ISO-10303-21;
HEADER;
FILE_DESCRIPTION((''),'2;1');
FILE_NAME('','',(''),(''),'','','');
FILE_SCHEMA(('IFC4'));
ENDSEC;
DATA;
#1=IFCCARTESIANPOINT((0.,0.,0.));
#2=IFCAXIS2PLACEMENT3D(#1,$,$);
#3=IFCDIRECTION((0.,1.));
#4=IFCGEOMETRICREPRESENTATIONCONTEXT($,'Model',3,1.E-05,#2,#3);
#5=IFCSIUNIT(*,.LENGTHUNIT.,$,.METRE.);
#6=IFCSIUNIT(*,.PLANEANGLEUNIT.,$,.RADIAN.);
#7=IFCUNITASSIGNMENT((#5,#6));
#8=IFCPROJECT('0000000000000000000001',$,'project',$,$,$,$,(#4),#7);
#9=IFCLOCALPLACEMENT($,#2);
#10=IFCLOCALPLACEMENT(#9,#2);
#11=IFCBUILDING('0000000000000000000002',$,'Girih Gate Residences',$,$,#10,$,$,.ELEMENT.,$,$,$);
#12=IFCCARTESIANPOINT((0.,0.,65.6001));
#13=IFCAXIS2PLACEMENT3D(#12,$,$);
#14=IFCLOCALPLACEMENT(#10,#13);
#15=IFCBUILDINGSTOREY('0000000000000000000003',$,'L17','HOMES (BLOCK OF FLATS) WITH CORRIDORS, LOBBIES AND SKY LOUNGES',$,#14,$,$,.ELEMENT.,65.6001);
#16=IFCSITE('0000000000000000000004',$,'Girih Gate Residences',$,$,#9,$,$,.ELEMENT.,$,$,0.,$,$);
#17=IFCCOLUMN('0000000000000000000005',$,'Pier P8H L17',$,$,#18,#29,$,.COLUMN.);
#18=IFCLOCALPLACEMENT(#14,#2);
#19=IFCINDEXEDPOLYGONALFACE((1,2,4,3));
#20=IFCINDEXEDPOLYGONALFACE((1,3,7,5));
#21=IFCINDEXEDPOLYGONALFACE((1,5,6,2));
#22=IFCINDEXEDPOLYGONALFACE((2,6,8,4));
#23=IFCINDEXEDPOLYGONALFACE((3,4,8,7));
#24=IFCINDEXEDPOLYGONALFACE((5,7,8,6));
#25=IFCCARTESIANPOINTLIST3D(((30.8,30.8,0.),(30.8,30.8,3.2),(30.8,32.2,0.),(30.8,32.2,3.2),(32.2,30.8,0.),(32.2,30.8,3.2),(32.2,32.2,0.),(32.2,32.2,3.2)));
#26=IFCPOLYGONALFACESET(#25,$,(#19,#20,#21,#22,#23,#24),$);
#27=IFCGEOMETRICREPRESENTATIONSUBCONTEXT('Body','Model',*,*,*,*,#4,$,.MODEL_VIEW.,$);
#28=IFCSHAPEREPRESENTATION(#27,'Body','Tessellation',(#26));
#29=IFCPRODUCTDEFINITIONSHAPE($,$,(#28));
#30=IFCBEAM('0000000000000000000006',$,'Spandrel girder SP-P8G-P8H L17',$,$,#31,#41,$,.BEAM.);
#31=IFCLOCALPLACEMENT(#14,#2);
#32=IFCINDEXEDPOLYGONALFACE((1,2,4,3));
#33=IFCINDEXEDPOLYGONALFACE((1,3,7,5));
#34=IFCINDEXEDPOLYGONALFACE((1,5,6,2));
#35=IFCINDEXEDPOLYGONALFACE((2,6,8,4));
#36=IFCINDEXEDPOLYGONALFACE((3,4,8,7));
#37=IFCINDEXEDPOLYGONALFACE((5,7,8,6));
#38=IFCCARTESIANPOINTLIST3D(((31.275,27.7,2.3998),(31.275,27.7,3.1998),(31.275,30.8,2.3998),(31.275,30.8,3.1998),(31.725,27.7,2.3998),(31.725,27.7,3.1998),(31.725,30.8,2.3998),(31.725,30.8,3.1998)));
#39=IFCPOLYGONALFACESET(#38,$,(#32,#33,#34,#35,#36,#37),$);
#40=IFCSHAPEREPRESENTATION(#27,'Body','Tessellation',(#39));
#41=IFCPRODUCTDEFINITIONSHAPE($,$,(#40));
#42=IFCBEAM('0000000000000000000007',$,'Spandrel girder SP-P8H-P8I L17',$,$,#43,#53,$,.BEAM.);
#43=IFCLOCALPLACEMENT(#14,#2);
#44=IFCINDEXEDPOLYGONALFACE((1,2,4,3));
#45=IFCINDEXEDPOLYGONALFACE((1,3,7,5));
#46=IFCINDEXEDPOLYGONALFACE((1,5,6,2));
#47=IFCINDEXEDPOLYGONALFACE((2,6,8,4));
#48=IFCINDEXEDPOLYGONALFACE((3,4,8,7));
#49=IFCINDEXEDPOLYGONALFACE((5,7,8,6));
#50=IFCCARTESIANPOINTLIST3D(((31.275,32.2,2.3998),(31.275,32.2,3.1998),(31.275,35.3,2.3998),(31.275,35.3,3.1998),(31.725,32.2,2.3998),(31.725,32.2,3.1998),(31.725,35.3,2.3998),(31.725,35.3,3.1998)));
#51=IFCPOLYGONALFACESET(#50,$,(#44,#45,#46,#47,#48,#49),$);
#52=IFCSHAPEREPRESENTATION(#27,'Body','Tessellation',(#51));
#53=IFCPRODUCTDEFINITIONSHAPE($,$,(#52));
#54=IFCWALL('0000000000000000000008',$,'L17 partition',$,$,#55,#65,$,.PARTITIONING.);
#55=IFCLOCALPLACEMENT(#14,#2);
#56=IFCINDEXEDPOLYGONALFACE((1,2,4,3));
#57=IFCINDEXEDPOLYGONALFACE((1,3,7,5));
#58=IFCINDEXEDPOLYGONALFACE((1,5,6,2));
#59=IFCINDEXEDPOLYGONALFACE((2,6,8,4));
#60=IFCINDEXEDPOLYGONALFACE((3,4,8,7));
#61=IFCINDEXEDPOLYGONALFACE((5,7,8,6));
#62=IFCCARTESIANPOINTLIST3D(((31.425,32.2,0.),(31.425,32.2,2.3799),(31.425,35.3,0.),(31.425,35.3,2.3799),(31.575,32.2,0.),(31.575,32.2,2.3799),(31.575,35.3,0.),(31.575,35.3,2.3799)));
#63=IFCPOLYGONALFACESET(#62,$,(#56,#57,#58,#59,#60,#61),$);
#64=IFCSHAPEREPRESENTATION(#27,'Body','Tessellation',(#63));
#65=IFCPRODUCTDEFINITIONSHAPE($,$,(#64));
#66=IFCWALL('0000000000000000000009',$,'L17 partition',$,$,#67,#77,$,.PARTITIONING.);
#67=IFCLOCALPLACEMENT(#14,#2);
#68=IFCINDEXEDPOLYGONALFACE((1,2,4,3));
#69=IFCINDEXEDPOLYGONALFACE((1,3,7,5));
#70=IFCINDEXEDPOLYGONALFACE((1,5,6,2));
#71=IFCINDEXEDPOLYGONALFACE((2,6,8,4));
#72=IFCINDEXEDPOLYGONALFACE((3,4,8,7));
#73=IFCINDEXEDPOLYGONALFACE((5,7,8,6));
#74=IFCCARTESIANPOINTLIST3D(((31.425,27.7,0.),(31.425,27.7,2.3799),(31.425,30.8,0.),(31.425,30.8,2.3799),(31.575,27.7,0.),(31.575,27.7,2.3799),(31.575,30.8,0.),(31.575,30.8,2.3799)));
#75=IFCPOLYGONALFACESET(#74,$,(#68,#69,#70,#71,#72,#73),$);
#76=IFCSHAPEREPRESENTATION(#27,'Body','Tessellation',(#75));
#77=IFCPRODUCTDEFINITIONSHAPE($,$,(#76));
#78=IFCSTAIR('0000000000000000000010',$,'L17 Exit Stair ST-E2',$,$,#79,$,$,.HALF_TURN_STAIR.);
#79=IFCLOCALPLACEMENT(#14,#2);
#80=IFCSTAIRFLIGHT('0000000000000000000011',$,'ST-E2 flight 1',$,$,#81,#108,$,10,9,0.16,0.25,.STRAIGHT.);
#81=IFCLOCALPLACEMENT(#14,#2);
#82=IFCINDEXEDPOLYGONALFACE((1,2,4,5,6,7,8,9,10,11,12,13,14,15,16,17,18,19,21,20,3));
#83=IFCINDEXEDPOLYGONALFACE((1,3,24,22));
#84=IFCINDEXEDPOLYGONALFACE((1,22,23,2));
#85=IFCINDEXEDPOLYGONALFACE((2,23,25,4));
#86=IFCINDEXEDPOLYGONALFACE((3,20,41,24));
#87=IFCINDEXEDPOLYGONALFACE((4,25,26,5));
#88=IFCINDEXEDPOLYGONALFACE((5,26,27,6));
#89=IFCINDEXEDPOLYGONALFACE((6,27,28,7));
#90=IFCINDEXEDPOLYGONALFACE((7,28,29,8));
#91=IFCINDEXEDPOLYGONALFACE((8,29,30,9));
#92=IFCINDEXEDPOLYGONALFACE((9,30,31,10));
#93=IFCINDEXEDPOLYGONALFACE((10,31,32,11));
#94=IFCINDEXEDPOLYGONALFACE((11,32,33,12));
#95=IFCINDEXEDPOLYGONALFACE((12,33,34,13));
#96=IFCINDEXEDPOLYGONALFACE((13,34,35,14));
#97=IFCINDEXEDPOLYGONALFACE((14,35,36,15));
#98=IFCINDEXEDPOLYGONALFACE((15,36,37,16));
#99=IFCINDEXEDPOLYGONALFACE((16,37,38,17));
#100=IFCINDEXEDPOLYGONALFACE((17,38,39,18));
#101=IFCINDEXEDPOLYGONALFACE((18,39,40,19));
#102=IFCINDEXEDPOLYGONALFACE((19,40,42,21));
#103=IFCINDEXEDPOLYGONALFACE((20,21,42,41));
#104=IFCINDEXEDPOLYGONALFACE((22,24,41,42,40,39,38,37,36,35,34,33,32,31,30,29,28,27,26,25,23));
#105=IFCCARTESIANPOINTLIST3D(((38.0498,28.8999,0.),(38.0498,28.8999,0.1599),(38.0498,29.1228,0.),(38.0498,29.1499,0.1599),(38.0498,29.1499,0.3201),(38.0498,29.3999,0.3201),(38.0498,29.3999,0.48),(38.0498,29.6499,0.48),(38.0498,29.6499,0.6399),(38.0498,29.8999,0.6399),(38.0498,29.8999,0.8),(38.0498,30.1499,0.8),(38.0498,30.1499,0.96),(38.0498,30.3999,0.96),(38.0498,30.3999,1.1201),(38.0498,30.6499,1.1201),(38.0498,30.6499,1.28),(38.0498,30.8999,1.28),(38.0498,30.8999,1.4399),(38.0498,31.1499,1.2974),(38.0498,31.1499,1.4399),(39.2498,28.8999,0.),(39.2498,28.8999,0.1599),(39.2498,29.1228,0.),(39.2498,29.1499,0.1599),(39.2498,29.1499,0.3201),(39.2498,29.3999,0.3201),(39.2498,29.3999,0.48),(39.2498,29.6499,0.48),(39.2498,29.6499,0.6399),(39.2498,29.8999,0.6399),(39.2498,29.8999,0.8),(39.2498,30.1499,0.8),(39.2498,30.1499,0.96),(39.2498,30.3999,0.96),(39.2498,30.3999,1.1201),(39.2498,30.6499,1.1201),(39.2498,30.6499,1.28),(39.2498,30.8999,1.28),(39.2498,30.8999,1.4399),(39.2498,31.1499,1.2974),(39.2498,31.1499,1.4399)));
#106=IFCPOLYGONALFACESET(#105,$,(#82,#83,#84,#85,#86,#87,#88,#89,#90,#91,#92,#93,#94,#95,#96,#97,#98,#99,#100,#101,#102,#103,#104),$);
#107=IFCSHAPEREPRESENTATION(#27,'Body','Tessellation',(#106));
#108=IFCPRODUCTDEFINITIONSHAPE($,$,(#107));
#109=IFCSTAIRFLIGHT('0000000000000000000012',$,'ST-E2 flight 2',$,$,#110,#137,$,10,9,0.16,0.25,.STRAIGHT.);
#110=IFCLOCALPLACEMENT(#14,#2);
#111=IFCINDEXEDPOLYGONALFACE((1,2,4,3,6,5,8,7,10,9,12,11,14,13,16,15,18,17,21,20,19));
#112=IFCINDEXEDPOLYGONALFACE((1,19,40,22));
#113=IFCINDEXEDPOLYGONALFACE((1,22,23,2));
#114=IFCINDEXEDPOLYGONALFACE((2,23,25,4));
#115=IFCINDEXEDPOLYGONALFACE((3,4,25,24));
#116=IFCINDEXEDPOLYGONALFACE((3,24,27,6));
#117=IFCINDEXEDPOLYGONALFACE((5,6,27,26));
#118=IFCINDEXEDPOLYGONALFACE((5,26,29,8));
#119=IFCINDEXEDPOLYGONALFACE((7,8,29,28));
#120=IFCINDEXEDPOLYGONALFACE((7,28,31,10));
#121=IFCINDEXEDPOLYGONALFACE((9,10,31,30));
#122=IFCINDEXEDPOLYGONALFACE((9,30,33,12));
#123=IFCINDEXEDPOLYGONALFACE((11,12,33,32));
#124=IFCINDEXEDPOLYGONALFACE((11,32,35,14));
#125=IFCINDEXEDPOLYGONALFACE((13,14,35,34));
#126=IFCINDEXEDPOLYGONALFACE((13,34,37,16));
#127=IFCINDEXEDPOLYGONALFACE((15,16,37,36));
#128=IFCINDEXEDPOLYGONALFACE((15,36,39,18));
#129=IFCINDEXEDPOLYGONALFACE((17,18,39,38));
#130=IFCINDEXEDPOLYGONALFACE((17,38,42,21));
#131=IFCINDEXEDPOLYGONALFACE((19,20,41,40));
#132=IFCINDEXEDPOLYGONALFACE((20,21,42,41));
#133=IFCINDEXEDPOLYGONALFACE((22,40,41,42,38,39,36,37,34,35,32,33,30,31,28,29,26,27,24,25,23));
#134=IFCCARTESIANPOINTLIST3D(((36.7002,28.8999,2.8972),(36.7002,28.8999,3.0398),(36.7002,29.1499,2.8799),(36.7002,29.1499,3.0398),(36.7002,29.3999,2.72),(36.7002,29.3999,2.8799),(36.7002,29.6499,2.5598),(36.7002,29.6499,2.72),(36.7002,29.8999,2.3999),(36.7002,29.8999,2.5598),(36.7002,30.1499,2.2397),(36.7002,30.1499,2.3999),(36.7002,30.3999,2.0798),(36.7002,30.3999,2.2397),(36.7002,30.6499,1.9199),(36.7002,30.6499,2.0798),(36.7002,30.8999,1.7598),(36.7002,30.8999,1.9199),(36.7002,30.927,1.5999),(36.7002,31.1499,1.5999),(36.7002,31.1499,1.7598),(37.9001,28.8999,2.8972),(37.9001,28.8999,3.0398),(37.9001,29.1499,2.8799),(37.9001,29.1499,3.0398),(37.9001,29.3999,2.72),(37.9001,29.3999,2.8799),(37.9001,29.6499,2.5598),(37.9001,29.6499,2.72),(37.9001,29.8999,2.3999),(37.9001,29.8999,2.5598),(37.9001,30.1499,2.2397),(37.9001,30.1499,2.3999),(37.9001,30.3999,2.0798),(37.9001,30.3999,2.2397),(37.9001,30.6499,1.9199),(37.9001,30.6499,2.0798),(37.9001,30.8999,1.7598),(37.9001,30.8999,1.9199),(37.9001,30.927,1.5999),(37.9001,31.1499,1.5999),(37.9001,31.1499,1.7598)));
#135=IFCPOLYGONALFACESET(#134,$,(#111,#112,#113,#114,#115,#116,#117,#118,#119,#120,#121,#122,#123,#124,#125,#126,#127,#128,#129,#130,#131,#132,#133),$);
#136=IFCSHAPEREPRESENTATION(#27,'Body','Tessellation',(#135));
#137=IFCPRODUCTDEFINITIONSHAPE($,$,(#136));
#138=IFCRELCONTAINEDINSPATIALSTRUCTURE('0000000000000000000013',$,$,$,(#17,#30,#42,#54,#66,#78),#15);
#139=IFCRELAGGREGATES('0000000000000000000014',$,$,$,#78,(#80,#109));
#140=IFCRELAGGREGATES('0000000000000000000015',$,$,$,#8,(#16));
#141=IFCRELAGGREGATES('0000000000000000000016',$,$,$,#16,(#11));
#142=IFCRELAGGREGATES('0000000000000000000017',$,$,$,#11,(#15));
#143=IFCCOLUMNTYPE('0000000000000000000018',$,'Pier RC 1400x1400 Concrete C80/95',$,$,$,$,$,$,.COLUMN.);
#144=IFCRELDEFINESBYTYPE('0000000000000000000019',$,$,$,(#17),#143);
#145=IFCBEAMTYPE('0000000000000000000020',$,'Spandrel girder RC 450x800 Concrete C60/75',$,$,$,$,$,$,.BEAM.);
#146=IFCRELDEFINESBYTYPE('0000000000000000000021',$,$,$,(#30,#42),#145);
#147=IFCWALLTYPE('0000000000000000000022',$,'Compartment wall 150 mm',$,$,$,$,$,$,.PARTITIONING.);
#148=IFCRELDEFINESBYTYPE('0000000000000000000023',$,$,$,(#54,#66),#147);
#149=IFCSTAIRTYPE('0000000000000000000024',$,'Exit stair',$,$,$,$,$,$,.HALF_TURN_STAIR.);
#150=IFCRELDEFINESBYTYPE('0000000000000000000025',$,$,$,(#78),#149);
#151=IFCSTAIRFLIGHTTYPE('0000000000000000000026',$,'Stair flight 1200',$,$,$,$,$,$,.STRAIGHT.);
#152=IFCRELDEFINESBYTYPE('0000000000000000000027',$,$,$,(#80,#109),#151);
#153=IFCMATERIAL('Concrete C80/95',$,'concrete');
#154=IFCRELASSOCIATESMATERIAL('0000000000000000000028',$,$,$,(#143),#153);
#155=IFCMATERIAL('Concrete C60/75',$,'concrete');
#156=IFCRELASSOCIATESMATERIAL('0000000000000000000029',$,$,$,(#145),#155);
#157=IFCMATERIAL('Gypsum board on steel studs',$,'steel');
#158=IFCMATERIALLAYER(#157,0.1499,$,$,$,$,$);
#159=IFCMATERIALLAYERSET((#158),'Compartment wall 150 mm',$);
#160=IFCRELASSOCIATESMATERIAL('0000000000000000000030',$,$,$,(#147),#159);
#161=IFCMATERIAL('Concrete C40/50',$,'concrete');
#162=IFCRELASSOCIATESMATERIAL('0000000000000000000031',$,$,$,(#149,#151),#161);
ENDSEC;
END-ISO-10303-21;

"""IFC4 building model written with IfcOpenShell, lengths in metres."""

from ifc_helpers import new_model, si_unit, direction, frame, frame_2d, origin, origin_2d, place, context, subcontext, project, spatial, polyline, rectangle, outline, extrude, material, layer, layer_set, material_profile, profile_set, type_object, element, aggregate, save


model = new_model("IFC4")

# Units and contexts
model_context = context("Model", 3, precision=1e-05, world=origin(), true_north=direction((0.0, 1.0)))
body_context = subcontext(model_context, "Body", "Model", "MODEL_VIEW")
ifc_project = project(units=[si_unit("LENGTHUNIT", "METRE"), si_unit("PLANEANGLEUNIT", "RADIAN")], contexts=[model_context])

# Site, building, storey
site_placement = place(None, origin())
site = spatial("IfcSite", under=ifc_project, at=site_placement, Name="Girih Gate Residences", CompositionType="ELEMENT", RefElevation=0.0)
building_placement = place(site_placement, origin())
building = spatial("IfcBuilding", under=site, at=building_placement, Name="Girih Gate Residences", CompositionType="ELEMENT")
storey_placement = place(building_placement, frame((0.0, 0.0, 65.6001)))
storey = spatial("IfcBuildingStorey", under=building, at=storey_placement, Name="L17", Description="HOMES (BLOCK OF FLATS) WITH CORRIDORS, LOBBIES AND SKY LOUNGES", CompositionType="ELEMENT", Elevation=65.6001)

# Column
ifc_material_1 = material(Name="Concrete C80/95", Category="concrete")
ifc_material_profile_1 = material_profile(ifc_material_1, rectangle(XDim=1.3999, YDim=1.3999, at=origin_2d()))
ifc_profile_set_1 = profile_set([ifc_material_profile_1], Name="Concrete C80/95")
column_type = type_object("IfcColumnType", Name="Pier RC 1400x1400 Concrete C80/95", PredefinedType="COLUMN", material=ifc_profile_set_1)
column_placement = place(storey_placement, frame((31.5, 31.5, 0.0), z_axis=(0.0, 0.0, 1.0), x_axis=(1.0, 0.0, 0.0)))
element("IfcColumn", 1, at=column_placement, inside=storey, type_object=column_type, Name="Pier P8H L17", PredefinedType="COLUMN", context=body_context, shape_type="SweptSolid", body=[
    extrude(rectangle(XDim=1.3999, YDim=1.3999, at=origin_2d()), origin(), (0.0, 0.0, 1.0), 3.2),
])

# Beams
ifc_material_2 = material(Name="Concrete C60/75", Category="concrete")
ifc_material_profile_2 = material_profile(ifc_material_2, rectangle(XDim=0.45, YDim=0.8, at=origin_2d()))
ifc_profile_set_2 = profile_set([ifc_material_profile_2], Name="Concrete C60/75")
beam_type = type_object("IfcBeamType", Name="Spandrel girder RC 450x800 Concrete C60/75", PredefinedType="BEAM", material=ifc_profile_set_2)
for number, where, z_axis, x_axis, name in (
    (2, (31.5, 27.7, 2.7998), (0.0, 1.0, 0.0), (-1.0, 0.0, 0.0), "Spandrel girder SP-P8G-P8H L17"),
    (3, (31.5, 32.2, 2.7998), (0.0, 1.0, 0.0), (-1.0, 0.0, 0.0), "Spandrel girder SP-P8H-P8I L17"),
):
    element("IfcBeam", number, at=place(storey_placement, frame(where, z_axis=z_axis, x_axis=x_axis)), inside=storey, type_object=beam_type, Name=name, PredefinedType="BEAM", context=body_context, shape_type="SweptSolid", body=[
        extrude(rectangle(XDim=0.45, YDim=0.8, at=origin_2d()), origin(), (0.0, 0.0, 1.0), 3.1001),
    ])

# Walls
ifc_material_3 = material(Name="Gypsum board on steel studs", Category="steel")
ifc_layer = layer(ifc_material_3, 0.1499)
ifc_layer_set = layer_set([ifc_layer], Name="Compartment wall 150 mm")
wall_type = type_object("IfcWallType", Name="Compartment wall 150 mm", PredefinedType="PARTITIONING", material=ifc_layer_set)
for number, where, z_axis, x_axis, name in (
    (4, (31.5, 32.2, 0.0), (0.0, 0.0, 1.0), (0.0, 1.0, 0.0), "L17 partition"),
    (5, (31.5, 27.7, 0.0), (0.0, 0.0, 1.0), (0.0, 1.0, 0.0), "L17 partition"),
):
    element("IfcWall", number, at=place(storey_placement, frame(where, z_axis=z_axis, x_axis=x_axis)), inside=storey, type_object=wall_type, Name=name, PredefinedType="PARTITIONING", context=body_context, shape_type="SweptSolid", body=[
        extrude(rectangle(XDim=3.1001, YDim=0.1499, at=frame_2d((1.55, 0.0))), origin(), (0.0, 0.0, 1.0), 2.3799),
    ])

# Stair, stair flights
ifc_material_4 = material(Name="Concrete C40/50", Category="concrete")
stair_type = type_object("IfcStairType", Name="Exit stair", PredefinedType="HALF_TURN_STAIR", material=ifc_material_4)
stair_placement = place(storey_placement, origin())
stair = element("IfcStair", 6, at=stair_placement, inside=storey, type_object=stair_type, Name="L17 Exit Stair ST-E2", PredefinedType="HALF_TURN_STAIR")
stair_flight_type = type_object("IfcStairFlightType", Name="Stair flight 1200", PredefinedType="STRAIGHT", material=ifc_material_4)
stair_flight_1_placement = place(storey_placement, frame((38.6499, 28.8999, 0.0), z_axis=(0.0, 0.0, 1.0), x_axis=(0.0, 1.0, 0.0)))
stair_flight_1 = element("IfcStairFlight", 7, at=stair_flight_1_placement, type_object=stair_flight_type, Name="ST-E2 flight 1", NumberOfRisers=10, NumberOfTreads=9, PredefinedType="STRAIGHT", RiserHeight=0.16, TreadLength=0.25, context=body_context, shape_type="SweptSolid", body=[
    extrude(outline(polyline([(0.0, 0.0), (0.0, 0.1599), (0.25, 0.1599), (0.25, 0.3201), (0.5, 0.3201), (0.5, 0.48), (0.75, 0.48), (0.75, 0.6399), (1.0, 0.6399), (1.0, 0.8), (1.25, 0.8), (1.25, 0.96), (1.5, 0.96), (1.5, 1.1201), (1.75, 1.1201), (1.75, 1.28), (2.0, 1.28), (2.0, 1.4399), (2.25, 1.4399), (2.25, 1.6001), (2.25, 1.2974), (0.2229, 0.0), (0.0, 0.0)])), frame((0.0, 0.6001, 0.0), z_axis=(0.0, -1.0, 0.0), x_axis=(1.0, 0.0, 0.0)), (0.0, 0.0, 1.0), 1.2),
])
stair_flight_2_placement = place(storey_placement, frame((37.3, 31.1499, 1.5999), z_axis=(0.0, 0.0, 1.0), x_axis=(0.0, -1.0, 0.0)))
stair_flight_2 = element("IfcStairFlight", 8, at=stair_flight_2_placement, type_object=stair_flight_type, Name="ST-E2 flight 2", NumberOfRisers=10, NumberOfTreads=9, PredefinedType="STRAIGHT", RiserHeight=0.16, TreadLength=0.25, context=body_context, shape_type="SweptSolid", body=[
    extrude(outline(polyline([(0.0, 0.0), (0.0, 0.1599), (0.25, 0.1599), (0.25, 0.3201), (0.5, 0.3201), (0.5, 0.48), (0.75, 0.48), (0.75, 0.6399), (1.0, 0.6399), (1.0, 0.8), (1.25, 0.8), (1.25, 0.96), (1.5, 0.96), (1.5, 1.1201), (1.75, 1.1201), (1.75, 1.28), (2.0, 1.28), (2.0, 1.4399), (2.25, 1.4399), (2.25, 1.6001), (2.25, 1.2974), (0.2229, 0.0), (0.0, 0.0)])), frame((0.0, 0.6001, 0.0), z_axis=(0.0, -1.0, 0.0), x_axis=(1.0, 0.0, 0.0)), (0.0, 0.0, 1.0), 1.2),
])
aggregate(stair, [stair_flight_1, stair_flight_2])

save(model, "model.ifc")
